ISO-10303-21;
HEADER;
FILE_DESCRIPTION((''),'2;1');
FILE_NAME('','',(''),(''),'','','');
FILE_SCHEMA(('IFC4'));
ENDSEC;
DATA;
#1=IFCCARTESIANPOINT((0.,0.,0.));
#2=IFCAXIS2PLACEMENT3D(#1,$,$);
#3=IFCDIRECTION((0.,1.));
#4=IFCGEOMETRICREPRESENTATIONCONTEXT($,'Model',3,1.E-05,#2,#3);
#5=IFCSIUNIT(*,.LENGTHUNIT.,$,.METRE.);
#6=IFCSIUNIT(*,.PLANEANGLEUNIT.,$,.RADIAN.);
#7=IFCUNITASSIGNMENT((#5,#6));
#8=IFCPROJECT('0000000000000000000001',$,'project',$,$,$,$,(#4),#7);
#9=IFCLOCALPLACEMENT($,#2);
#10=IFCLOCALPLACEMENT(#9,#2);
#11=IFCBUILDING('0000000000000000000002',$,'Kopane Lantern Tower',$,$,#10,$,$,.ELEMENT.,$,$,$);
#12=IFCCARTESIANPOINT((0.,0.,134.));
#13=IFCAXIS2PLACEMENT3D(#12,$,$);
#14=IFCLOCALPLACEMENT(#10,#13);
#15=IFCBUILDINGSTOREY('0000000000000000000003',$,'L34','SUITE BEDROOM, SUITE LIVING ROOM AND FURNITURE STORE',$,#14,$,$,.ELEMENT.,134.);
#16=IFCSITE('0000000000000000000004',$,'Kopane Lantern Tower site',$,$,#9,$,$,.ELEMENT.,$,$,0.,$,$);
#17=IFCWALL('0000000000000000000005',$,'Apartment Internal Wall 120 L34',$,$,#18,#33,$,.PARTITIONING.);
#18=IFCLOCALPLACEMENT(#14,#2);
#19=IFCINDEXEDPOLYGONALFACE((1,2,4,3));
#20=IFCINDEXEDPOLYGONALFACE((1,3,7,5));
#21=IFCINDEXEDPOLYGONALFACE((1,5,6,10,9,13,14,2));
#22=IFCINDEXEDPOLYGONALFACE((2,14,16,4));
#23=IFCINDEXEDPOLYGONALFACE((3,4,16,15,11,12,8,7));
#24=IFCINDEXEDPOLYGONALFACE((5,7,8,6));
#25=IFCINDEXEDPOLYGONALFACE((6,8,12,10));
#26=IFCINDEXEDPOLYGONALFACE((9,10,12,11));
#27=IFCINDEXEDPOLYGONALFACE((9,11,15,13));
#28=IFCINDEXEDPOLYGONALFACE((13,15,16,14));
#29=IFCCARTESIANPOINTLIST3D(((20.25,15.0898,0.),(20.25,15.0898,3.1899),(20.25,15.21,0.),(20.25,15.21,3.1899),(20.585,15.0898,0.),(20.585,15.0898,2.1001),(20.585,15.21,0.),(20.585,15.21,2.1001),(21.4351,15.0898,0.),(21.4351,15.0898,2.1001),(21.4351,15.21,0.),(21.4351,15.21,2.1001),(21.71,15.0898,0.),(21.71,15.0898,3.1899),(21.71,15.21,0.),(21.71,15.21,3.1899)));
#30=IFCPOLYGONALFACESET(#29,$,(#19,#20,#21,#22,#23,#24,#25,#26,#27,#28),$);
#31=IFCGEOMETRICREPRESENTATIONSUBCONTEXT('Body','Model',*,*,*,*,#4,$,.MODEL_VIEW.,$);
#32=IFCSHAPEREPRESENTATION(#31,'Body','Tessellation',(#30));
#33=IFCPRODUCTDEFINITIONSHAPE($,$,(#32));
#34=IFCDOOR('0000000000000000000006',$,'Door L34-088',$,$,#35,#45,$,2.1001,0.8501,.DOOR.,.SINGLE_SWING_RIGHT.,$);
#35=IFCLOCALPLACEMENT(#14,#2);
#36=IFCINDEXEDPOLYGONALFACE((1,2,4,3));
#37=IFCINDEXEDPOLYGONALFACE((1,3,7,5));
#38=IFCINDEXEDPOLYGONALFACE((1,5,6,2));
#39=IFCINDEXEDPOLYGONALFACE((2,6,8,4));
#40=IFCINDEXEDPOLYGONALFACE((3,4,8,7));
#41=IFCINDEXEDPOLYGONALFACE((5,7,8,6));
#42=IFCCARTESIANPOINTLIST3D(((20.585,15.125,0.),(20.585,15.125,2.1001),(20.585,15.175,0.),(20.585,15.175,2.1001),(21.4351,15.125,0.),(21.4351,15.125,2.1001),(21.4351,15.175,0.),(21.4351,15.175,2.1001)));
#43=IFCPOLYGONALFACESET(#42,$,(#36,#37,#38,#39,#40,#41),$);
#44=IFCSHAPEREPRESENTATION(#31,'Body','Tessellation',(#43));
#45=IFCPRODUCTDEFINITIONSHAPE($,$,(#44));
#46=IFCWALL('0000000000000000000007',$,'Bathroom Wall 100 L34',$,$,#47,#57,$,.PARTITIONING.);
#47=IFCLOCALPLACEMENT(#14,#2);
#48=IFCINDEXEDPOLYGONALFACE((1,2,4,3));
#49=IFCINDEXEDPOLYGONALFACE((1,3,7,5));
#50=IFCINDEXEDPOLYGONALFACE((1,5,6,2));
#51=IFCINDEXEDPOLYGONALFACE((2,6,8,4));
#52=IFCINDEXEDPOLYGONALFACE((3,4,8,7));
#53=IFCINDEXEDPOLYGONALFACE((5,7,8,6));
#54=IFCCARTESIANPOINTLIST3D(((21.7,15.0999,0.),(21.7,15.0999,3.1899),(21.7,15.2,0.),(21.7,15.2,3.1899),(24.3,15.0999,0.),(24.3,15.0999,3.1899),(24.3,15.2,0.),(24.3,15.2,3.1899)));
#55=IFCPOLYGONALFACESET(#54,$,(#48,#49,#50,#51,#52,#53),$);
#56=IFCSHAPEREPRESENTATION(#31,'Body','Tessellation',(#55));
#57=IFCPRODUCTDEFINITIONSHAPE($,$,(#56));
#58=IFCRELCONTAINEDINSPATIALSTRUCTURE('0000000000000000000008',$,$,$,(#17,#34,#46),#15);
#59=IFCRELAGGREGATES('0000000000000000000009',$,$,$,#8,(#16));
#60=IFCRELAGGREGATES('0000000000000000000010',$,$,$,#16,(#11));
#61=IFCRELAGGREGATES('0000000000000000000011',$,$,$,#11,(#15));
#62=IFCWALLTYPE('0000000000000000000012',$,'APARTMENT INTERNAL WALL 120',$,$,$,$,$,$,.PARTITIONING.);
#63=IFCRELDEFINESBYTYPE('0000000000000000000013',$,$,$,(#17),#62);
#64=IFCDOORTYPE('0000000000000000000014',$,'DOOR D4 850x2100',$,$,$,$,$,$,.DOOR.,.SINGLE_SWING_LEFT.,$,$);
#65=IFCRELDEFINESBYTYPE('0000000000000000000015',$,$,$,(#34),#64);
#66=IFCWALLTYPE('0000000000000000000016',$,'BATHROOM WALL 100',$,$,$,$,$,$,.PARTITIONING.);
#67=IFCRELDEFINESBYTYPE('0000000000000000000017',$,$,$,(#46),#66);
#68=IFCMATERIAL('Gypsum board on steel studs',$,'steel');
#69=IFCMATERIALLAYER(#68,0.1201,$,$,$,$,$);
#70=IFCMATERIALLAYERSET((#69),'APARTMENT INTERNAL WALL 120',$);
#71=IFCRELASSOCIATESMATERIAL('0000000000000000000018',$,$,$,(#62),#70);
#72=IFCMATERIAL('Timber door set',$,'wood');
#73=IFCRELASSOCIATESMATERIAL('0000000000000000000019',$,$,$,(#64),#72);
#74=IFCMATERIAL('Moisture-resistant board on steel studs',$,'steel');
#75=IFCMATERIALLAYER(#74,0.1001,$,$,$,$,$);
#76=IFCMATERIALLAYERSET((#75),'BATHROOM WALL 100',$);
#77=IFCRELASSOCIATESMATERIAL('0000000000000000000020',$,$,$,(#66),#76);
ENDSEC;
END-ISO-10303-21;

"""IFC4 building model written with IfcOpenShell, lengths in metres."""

from ifc_helpers import new_model, si_unit, direction, frame, frame_2d, origin, place, context, subcontext, project, spatial, rectangle, extrude, material, layer, layer_set, type_object, element, fill, save


model = new_model("IFC4")

# Units and contexts
model_context = context("Model", 3, precision=1e-05, world=origin(), true_north=direction((0.0, 1.0)))
body_context = subcontext(model_context, "Body", "Model", "MODEL_VIEW")
ifc_project = project(units=[si_unit("LENGTHUNIT", "METRE"), si_unit("PLANEANGLEUNIT", "RADIAN")], contexts=[model_context])

# Site, building, storey
site_placement = place(None, origin())
site = spatial("IfcSite", under=ifc_project, at=site_placement, Name="Kopane Lantern Tower site", CompositionType="ELEMENT", RefElevation=0.0)
building_placement = place(site_placement, origin())
building = spatial("IfcBuilding", under=site, at=building_placement, Name="Kopane Lantern Tower", CompositionType="ELEMENT")
storey_placement = place(building_placement, frame((0.0, 0.0, 134.0)))
storey = spatial("IfcBuildingStorey", under=building, at=storey_placement, Name="L34", Description="SUITE BEDROOM, SUITE LIVING ROOM AND FURNITURE STORE", CompositionType="ELEMENT", Elevation=134.0)

# Wall, opening, door
ifc_material_1 = material(Name="Gypsum board on steel studs", Category="steel")
ifc_layer_1 = layer(ifc_material_1, 0.1201)
ifc_layer_set_1 = layer_set([ifc_layer_1], Name="APARTMENT INTERNAL WALL 120")
wall_type_1 = type_object("IfcWallType", Name="APARTMENT INTERNAL WALL 120", PredefinedType="PARTITIONING", material=ifc_layer_set_1)
ifc_material_2 = material(Name="Timber door set", Category="wood")
door_type = type_object("IfcDoorType", Name="DOOR D4 850x2100", OperationType="SINGLE_SWING_LEFT", PredefinedType="DOOR", material=ifc_material_2)
wall_1_placement = place(storey_placement, frame((21.71, 15.1499, 0.0), z_axis=(0.0, 0.0, 1.0), x_axis=(-1.0, 0.0, 0.0)))
wall_1 = element("IfcWall", 1, at=wall_1_placement, inside=storey, type_object=wall_type_1, Name="Apartment Internal Wall 120 L34", PredefinedType="PARTITIONING", context=body_context, shape_type="SweptSolid", body=[
    extrude(rectangle(XDim=1.46, YDim=0.1201, at=frame_2d((0.73, 0.0))), origin(), (0.0, 0.0, 1.0), 3.1899),
])
opening_1_placement = place(wall_1_placement, frame((0.2749, 0.0, 0.0)))
opening_1 = element("IfcOpeningElement", 2, at=opening_1_placement, cuts=wall_1, PredefinedType="OPENING", context=body_context, shape_type="SweptSolid", body=[
    extrude(rectangle(XDim=0.8501, YDim=2.1001, at=frame_2d((0.425, 1.05))), frame((0.0, 0.0701, 0.0), z_axis=(0.0, -1.0, 0.0), x_axis=(1.0, 0.0, 0.0)), (0.0, 0.0, 1.0), 0.1401),
])
door_1_placement = place(opening_1_placement, origin())
door_1 = element("IfcDoor", 3, at=door_1_placement, inside=storey, type_object=door_type, Name="Door L34-088", OperationType="SINGLE_SWING_RIGHT", OverallHeight=2.1001, OverallWidth=0.8501, PredefinedType="DOOR", context=body_context, shape_type="SweptSolid", body=[
    extrude(rectangle(XDim=0.8501, YDim=2.1001, at=frame_2d((0.425, 1.05))), frame((0.0, 0.0249, 0.0), z_axis=(0.0, -1.0, 0.0), x_axis=(1.0, 0.0, 0.0)), (0.0, 0.0, 1.0), 0.05),
])
fill(opening_1, door_1)

# Wall
ifc_material_3 = material(Name="Moisture-resistant board on steel studs", Category="steel")
ifc_layer_2 = layer(ifc_material_3, 0.1001)
ifc_layer_set_2 = layer_set([ifc_layer_2], Name="BATHROOM WALL 100")
wall_type_2 = type_object("IfcWallType", Name="BATHROOM WALL 100", PredefinedType="PARTITIONING", material=ifc_layer_set_2)
wall_2_placement = place(storey_placement, frame((21.7, 15.1499, 0.0), z_axis=(0.0, 0.0, 1.0), x_axis=(1.0, 0.0, 0.0)))
element("IfcWall", 4, at=wall_2_placement, inside=storey, type_object=wall_type_2, Name="Bathroom Wall 100 L34", PredefinedType="PARTITIONING", context=body_context, shape_type="SweptSolid", body=[
    extrude(rectangle(XDim=2.6001, YDim=0.1001, at=frame_2d((1.3, 0.0))), origin(), (0.0, 0.0, 1.0), 3.1899),
])

save(model, "model.ifc")
